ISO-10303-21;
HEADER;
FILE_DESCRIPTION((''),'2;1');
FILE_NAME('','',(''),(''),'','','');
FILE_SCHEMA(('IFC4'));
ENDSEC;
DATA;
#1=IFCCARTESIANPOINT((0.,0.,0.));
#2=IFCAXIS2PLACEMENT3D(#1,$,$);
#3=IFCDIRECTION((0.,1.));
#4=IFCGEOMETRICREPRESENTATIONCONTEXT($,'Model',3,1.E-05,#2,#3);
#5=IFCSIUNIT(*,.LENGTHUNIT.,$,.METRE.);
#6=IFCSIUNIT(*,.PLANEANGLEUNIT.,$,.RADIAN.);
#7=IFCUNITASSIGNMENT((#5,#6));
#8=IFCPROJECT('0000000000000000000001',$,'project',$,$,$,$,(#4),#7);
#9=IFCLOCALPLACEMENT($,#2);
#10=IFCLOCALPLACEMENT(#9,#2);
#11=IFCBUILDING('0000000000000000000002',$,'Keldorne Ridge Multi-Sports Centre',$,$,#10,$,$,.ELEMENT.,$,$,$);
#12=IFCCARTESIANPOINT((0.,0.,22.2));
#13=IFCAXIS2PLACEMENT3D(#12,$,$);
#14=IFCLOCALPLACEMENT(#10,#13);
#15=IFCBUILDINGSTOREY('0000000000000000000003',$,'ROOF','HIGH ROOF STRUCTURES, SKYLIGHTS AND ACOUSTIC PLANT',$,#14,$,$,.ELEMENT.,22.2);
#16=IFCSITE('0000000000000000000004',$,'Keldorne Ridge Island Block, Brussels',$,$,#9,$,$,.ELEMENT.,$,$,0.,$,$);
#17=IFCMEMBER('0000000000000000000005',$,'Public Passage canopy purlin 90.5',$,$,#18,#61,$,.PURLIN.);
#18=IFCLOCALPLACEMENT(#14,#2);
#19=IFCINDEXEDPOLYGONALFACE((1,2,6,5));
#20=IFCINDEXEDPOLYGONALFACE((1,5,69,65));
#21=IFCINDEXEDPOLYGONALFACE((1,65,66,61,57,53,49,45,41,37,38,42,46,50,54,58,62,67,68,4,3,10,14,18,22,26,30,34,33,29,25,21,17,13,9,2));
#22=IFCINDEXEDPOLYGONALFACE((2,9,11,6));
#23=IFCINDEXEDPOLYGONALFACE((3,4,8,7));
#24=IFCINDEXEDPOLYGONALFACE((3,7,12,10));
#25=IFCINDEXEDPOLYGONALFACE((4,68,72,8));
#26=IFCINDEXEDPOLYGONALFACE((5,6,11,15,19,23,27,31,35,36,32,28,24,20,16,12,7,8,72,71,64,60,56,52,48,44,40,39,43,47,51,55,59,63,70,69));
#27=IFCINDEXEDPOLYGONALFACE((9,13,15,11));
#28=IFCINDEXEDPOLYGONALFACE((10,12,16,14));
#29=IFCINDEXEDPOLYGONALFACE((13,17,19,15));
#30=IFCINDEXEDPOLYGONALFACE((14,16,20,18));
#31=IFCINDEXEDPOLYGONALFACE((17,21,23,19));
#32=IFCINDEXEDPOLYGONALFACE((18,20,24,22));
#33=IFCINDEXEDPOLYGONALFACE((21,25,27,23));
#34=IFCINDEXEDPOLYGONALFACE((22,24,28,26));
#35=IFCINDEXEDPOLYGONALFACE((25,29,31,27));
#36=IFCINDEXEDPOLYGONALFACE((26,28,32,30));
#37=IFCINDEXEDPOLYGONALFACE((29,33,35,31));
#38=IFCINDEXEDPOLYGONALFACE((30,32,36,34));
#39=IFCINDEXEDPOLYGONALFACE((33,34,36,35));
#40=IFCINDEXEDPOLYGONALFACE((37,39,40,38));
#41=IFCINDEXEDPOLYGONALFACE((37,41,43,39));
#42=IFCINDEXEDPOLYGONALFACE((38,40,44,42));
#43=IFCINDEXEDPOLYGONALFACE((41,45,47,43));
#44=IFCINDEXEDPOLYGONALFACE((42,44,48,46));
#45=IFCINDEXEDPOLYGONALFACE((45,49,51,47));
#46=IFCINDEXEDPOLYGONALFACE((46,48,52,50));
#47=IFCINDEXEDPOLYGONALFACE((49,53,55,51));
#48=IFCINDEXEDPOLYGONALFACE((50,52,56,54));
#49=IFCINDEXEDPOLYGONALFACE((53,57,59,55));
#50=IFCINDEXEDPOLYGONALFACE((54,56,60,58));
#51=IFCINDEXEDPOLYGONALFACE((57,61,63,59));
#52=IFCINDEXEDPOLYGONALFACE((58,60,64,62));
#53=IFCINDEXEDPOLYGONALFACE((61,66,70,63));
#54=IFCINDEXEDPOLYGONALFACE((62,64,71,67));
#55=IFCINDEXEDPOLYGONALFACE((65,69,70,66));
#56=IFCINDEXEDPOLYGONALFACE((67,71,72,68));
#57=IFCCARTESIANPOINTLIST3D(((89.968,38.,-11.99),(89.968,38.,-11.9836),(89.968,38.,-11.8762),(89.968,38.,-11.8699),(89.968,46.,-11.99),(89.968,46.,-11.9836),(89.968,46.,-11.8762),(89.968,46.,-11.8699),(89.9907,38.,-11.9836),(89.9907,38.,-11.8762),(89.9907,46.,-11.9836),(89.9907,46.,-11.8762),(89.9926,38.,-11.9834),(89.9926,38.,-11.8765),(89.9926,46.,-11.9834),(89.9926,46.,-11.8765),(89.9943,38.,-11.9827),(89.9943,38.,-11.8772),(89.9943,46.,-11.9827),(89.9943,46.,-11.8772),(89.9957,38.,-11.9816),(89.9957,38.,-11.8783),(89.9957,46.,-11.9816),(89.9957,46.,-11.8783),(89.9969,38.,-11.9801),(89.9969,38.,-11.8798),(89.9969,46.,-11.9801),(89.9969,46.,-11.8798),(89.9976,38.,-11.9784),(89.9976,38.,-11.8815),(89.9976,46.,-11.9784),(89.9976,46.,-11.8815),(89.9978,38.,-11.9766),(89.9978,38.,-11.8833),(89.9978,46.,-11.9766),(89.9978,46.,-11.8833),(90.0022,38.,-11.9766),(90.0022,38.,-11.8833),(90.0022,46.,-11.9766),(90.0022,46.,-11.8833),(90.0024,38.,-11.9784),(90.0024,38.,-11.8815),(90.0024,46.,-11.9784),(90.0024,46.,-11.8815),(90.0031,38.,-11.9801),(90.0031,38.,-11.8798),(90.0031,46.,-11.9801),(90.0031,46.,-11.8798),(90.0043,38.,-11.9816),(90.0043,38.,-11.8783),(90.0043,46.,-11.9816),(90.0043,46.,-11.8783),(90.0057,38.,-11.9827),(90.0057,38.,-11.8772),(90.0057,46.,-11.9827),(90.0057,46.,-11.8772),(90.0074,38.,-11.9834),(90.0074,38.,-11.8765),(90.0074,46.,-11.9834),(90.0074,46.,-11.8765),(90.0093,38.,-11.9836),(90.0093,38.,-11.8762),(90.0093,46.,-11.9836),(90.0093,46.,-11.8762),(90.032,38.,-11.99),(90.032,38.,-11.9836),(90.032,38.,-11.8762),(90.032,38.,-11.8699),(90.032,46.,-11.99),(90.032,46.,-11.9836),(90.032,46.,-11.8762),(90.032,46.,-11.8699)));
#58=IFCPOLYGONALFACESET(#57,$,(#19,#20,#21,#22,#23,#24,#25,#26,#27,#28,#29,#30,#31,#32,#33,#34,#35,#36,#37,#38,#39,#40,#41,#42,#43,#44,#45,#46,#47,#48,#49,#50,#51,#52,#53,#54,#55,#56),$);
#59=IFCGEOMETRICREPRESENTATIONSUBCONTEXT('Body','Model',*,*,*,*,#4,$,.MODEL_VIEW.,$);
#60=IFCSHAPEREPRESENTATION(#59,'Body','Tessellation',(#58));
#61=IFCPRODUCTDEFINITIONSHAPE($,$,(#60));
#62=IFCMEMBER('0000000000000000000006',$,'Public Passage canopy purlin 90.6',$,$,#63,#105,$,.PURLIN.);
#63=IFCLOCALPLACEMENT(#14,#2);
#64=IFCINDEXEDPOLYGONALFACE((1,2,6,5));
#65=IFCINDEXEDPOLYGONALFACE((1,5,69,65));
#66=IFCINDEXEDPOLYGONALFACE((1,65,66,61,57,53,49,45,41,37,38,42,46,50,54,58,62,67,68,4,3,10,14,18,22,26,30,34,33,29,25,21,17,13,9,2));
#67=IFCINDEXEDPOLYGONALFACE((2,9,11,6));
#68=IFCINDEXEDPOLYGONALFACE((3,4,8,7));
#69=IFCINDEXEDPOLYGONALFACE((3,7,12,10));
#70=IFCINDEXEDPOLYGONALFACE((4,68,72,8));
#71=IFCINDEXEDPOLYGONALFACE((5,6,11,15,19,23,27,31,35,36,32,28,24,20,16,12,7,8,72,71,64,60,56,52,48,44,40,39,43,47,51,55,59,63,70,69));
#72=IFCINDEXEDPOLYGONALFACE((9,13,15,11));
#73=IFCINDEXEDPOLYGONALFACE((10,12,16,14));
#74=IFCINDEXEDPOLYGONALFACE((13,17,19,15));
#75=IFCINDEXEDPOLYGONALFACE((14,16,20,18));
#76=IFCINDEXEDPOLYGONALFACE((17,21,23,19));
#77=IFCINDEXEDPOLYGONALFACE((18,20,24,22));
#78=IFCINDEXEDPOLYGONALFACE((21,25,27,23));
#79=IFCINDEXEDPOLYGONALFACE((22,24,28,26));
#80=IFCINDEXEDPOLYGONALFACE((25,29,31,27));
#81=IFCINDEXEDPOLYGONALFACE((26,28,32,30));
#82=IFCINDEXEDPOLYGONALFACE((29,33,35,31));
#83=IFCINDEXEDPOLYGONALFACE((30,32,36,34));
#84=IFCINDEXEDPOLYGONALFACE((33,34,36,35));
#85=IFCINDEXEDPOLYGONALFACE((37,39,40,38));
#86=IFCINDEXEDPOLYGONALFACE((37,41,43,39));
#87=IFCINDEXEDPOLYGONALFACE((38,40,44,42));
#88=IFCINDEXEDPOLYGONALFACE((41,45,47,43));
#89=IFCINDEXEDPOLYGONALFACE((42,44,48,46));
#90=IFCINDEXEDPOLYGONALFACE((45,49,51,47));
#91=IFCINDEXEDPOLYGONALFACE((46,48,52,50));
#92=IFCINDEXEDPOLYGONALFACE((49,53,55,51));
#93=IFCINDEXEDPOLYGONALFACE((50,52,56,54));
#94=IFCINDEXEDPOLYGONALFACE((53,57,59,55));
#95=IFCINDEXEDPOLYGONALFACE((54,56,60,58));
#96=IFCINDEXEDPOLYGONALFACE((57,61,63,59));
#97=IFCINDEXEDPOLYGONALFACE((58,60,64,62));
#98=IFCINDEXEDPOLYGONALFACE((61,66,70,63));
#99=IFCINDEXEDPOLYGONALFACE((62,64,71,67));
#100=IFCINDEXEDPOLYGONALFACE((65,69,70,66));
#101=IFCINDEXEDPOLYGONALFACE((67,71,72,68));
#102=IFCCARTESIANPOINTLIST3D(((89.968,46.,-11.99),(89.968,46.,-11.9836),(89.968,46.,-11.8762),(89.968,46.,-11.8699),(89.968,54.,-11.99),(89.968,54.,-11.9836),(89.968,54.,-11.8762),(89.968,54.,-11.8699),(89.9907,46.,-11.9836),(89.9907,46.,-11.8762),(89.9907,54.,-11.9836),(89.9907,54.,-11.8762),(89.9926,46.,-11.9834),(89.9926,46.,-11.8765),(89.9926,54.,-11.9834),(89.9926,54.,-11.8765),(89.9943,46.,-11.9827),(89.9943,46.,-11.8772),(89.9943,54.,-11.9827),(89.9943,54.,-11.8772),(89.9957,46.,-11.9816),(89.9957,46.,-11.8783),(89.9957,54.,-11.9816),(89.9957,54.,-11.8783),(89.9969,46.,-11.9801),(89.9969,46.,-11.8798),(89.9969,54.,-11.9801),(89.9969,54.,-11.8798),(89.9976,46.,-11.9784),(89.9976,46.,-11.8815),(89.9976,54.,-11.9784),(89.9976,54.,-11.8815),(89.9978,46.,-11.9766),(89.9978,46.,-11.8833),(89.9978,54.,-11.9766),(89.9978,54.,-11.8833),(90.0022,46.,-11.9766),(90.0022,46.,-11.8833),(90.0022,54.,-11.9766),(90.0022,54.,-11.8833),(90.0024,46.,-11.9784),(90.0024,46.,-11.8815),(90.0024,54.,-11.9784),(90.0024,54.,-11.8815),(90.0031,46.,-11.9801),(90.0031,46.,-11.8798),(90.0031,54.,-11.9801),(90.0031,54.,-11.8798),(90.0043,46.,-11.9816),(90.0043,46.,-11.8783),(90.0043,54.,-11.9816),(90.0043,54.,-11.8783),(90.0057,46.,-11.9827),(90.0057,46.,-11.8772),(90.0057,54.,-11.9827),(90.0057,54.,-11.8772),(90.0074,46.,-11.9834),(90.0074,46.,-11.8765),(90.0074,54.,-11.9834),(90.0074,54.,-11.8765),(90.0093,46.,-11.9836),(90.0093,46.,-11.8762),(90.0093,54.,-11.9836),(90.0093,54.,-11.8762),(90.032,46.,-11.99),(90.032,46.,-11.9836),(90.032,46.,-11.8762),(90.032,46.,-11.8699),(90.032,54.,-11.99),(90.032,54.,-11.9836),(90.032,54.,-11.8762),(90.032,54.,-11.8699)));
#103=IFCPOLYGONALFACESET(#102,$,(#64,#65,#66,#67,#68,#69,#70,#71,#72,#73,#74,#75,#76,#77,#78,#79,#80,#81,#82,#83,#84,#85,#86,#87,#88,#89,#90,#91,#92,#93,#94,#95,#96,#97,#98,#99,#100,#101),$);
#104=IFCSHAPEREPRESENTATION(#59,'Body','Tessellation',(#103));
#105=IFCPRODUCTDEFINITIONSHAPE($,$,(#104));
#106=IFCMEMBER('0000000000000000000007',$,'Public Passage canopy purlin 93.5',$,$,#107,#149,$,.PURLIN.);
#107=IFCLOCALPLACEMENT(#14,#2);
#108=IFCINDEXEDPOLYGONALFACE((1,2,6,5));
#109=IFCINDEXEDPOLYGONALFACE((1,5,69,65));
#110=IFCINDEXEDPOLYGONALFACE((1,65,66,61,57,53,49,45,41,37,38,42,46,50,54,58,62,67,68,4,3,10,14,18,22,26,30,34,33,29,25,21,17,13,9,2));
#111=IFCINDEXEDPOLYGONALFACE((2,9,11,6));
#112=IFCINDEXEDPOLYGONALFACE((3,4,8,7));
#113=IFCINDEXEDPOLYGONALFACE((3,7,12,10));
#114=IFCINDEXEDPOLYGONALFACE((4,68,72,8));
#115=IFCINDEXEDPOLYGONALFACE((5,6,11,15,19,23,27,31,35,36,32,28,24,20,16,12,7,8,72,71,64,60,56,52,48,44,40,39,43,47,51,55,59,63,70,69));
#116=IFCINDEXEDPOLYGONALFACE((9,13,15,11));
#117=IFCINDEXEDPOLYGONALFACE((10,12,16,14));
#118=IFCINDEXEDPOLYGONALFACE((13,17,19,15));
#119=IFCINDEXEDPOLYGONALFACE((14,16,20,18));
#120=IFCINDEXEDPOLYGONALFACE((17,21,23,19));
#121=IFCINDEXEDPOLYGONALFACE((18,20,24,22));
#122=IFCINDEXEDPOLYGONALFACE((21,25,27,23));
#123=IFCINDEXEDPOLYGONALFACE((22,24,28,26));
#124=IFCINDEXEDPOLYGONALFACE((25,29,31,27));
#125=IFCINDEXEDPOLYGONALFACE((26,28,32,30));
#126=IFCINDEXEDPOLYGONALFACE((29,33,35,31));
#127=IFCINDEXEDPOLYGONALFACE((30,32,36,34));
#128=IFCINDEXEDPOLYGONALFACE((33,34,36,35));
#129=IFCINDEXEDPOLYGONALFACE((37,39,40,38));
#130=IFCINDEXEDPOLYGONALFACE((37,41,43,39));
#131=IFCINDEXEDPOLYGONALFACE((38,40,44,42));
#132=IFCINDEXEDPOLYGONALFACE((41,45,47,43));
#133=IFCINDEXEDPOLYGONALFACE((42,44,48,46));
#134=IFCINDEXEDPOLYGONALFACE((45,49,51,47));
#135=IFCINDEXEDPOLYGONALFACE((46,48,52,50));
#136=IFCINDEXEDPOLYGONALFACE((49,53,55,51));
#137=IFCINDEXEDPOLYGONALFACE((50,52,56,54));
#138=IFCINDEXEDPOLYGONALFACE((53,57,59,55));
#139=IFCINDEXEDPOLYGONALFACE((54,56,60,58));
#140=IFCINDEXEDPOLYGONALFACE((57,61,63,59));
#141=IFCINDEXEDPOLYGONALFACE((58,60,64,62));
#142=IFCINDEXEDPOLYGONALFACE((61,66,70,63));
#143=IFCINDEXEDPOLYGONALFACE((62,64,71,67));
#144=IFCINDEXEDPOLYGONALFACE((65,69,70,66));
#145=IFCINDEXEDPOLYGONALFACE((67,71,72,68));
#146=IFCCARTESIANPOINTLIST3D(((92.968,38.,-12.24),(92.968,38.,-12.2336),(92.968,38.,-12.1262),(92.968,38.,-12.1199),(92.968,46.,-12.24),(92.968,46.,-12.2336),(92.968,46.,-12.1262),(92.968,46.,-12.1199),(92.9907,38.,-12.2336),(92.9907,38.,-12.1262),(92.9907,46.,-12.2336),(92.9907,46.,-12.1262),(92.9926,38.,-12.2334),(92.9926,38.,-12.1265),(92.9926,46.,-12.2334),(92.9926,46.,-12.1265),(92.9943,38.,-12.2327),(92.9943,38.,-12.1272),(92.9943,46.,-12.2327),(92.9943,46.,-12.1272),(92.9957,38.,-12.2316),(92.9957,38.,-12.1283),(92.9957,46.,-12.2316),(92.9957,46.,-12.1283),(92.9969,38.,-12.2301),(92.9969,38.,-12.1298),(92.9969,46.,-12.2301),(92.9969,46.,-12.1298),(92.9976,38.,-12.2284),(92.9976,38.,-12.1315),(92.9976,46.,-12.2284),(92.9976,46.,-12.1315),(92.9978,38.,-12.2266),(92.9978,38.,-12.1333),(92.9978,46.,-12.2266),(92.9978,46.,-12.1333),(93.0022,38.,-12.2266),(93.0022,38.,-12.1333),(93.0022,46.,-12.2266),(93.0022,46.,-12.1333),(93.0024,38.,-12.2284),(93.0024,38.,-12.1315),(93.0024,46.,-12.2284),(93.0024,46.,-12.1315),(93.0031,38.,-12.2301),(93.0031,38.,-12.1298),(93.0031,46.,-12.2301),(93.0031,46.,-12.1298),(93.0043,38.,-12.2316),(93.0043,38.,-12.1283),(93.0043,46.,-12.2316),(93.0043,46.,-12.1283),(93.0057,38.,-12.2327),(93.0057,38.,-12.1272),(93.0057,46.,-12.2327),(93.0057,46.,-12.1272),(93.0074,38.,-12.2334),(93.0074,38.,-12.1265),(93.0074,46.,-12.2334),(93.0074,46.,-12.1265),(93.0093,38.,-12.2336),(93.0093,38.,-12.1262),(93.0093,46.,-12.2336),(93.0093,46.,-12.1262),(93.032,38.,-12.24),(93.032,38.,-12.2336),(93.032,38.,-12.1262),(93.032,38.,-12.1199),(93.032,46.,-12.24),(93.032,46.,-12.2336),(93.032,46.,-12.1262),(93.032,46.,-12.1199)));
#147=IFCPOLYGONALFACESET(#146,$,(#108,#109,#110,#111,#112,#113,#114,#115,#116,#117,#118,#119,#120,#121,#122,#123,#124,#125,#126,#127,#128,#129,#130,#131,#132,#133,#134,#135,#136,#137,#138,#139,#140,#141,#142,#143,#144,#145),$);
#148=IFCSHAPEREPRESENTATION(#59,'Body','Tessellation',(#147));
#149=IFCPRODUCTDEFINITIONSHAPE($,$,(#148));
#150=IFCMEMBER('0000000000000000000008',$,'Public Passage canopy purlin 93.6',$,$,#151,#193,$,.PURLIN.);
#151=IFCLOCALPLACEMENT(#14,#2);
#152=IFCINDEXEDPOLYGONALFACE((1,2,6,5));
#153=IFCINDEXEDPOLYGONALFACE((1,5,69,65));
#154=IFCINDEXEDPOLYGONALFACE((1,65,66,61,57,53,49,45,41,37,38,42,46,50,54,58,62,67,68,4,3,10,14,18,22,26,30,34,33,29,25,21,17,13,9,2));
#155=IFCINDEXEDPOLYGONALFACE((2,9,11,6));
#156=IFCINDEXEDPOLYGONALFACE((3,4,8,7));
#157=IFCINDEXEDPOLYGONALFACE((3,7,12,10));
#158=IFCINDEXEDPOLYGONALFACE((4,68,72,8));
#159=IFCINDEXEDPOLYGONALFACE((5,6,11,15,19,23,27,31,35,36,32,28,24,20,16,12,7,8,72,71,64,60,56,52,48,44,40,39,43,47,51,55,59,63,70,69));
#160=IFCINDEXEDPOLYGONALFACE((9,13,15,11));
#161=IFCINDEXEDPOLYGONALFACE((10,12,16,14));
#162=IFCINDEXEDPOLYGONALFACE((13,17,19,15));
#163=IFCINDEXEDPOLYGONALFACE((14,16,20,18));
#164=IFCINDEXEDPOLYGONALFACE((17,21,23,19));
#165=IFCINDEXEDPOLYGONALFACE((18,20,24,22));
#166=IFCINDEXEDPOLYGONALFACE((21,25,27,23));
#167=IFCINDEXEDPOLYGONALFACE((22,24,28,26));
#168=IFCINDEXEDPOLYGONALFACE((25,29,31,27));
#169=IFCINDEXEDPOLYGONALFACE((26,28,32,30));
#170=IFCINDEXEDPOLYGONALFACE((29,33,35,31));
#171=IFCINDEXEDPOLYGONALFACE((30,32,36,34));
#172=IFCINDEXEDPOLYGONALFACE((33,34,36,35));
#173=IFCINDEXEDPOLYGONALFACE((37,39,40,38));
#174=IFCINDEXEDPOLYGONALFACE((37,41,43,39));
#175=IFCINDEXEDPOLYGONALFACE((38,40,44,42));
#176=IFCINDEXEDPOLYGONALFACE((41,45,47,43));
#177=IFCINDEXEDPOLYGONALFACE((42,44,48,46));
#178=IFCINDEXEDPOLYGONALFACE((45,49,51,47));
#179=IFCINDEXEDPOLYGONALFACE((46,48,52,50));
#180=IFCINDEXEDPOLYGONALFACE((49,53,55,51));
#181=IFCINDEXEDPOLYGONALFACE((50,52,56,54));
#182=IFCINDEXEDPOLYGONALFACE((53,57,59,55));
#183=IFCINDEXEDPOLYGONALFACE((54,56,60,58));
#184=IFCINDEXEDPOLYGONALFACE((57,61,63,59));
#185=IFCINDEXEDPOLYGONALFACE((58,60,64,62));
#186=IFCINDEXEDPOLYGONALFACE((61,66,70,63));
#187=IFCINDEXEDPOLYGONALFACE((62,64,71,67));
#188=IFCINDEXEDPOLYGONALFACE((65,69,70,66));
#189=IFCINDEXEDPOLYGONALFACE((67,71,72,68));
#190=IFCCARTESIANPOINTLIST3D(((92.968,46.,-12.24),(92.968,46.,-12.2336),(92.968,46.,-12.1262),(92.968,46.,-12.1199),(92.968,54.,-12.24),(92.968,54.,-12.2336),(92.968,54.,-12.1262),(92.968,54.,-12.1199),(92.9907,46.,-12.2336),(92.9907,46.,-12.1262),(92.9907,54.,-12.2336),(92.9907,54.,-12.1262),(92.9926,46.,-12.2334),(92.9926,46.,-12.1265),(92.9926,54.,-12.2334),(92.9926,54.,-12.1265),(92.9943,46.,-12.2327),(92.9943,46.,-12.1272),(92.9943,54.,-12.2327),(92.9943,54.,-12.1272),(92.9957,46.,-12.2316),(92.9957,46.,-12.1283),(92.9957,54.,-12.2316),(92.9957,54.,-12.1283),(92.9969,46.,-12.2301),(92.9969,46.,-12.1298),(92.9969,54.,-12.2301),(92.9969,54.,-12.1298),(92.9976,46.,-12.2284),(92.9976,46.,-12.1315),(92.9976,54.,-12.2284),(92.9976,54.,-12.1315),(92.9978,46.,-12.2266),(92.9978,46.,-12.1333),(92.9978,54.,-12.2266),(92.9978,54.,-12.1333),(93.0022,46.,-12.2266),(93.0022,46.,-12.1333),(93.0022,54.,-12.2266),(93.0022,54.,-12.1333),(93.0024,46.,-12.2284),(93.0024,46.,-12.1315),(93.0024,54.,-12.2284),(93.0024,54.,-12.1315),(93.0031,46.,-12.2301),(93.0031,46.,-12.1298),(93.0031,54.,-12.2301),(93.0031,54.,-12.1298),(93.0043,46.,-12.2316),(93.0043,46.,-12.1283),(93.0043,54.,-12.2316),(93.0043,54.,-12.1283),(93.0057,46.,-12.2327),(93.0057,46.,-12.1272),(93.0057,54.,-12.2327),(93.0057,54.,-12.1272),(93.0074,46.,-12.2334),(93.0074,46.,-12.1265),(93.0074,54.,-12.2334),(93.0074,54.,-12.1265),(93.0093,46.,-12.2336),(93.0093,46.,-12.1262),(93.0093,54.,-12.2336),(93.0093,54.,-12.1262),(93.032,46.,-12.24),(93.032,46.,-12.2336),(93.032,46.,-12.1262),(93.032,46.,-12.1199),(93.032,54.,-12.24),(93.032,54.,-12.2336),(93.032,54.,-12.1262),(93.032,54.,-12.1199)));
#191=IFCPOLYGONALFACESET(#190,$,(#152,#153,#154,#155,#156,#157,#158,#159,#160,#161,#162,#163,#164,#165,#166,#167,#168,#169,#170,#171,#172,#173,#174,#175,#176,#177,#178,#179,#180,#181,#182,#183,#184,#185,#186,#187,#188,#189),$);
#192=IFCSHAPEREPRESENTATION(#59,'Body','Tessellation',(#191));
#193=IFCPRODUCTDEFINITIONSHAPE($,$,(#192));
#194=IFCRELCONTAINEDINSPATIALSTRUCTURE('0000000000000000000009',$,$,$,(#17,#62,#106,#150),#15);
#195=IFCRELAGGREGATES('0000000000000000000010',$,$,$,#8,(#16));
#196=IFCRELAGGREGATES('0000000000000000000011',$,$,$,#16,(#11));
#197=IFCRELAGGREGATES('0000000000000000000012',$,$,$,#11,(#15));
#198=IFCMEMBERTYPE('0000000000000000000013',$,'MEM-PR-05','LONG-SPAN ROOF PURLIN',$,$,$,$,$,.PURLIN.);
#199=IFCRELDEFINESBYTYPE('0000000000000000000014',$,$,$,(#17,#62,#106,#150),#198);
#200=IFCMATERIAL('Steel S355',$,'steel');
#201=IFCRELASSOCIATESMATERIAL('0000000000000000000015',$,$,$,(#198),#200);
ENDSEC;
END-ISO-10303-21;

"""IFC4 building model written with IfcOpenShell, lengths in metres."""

from ifc_helpers import new_model, si_unit, direction, frame, origin, origin_2d, place, context, subcontext, project, spatial, i_section, extrude, material, material_profile, profile_set, type_object, element, save


model = new_model("IFC4")

# Units and contexts
model_context = context("Model", 3, precision=1e-05, world=origin(), true_north=direction((0.0, 1.0)))
body_context = subcontext(model_context, "Body", "Model", "MODEL_VIEW")
ifc_project = project(units=[si_unit("LENGTHUNIT", "METRE"), si_unit("PLANEANGLEUNIT", "RADIAN")], contexts=[model_context])

# Site, building, storey
site_placement = place(None, origin())
site = spatial("IfcSite", under=ifc_project, at=site_placement, Name="Keldorne Ridge Island Block, Brussels", CompositionType="ELEMENT", RefElevation=0.0)
building_placement = place(site_placement, origin())
building = spatial("IfcBuilding", under=site, at=building_placement, Name="Keldorne Ridge Multi-Sports Centre", CompositionType="ELEMENT")
storey_placement = place(building_placement, frame((0.0, 0.0, 22.2)))
storey = spatial("IfcBuildingStorey", under=building, at=storey_placement, Name="ROOF", Description="HIGH ROOF STRUCTURES, SKYLIGHTS AND ACOUSTIC PLANT", CompositionType="ELEMENT", Elevation=22.2)

# Members
ifc_material = material(Name="Steel S355", Category="steel")
ifc_material_profile_1 = material_profile(ifc_material, i_section(OverallWidth=0.064, OverallDepth=0.1201, WebThickness=0.0044, FlangeThickness=0.0063, FilletRadius=0.0071, at=origin_2d()), Name="IPE 120")
ifc_profile_set_1 = profile_set([ifc_material_profile_1], Name="Steel S355")
member_type_1 = type_object("IfcMemberType", Name="MEM-PR-05", Description="LONG-SPAN ROOF PURLIN", PredefinedType="PURLIN", material=ifc_profile_set_1)
for number, where, z_axis, x_axis, name in (
    (1, (90.0, 38.0, -11.9299), (0.0, 1.0, 0.0), (-1.0, 0.0, 0.0), "Public Passage canopy purlin 90.5"),
    (2, (90.0, 46.0, -11.9299), (0.0, 1.0, 0.0), (-1.0, 0.0, 0.0), "Public Passage canopy purlin 90.6"),
    (3, (93.0, 38.0, -12.1799), (0.0, 1.0, 0.0), (-1.0, 0.0, 0.0), "Public Passage canopy purlin 93.5"),
    (4, (93.0, 46.0, -12.1799), (0.0, 1.0, 0.0), (-1.0, 0.0, 0.0), "Public Passage canopy purlin 93.6"),
):
    element("IfcMember", number, at=place(storey_placement, frame(where, z_axis=z_axis, x_axis=x_axis)), inside=storey, type_object=member_type_1, Name=name, PredefinedType="PURLIN", context=body_context, shape_type="SweptSolid", body=[
        extrude(i_section(OverallWidth=0.064, OverallDepth=0.1201, WebThickness=0.0044, FlangeThickness=0.0063, FilletRadius=0.0071, at=origin_2d()), origin(), (0.0, 0.0, 1.0), 8.0),
    ])

save(model, "model.ifc")
